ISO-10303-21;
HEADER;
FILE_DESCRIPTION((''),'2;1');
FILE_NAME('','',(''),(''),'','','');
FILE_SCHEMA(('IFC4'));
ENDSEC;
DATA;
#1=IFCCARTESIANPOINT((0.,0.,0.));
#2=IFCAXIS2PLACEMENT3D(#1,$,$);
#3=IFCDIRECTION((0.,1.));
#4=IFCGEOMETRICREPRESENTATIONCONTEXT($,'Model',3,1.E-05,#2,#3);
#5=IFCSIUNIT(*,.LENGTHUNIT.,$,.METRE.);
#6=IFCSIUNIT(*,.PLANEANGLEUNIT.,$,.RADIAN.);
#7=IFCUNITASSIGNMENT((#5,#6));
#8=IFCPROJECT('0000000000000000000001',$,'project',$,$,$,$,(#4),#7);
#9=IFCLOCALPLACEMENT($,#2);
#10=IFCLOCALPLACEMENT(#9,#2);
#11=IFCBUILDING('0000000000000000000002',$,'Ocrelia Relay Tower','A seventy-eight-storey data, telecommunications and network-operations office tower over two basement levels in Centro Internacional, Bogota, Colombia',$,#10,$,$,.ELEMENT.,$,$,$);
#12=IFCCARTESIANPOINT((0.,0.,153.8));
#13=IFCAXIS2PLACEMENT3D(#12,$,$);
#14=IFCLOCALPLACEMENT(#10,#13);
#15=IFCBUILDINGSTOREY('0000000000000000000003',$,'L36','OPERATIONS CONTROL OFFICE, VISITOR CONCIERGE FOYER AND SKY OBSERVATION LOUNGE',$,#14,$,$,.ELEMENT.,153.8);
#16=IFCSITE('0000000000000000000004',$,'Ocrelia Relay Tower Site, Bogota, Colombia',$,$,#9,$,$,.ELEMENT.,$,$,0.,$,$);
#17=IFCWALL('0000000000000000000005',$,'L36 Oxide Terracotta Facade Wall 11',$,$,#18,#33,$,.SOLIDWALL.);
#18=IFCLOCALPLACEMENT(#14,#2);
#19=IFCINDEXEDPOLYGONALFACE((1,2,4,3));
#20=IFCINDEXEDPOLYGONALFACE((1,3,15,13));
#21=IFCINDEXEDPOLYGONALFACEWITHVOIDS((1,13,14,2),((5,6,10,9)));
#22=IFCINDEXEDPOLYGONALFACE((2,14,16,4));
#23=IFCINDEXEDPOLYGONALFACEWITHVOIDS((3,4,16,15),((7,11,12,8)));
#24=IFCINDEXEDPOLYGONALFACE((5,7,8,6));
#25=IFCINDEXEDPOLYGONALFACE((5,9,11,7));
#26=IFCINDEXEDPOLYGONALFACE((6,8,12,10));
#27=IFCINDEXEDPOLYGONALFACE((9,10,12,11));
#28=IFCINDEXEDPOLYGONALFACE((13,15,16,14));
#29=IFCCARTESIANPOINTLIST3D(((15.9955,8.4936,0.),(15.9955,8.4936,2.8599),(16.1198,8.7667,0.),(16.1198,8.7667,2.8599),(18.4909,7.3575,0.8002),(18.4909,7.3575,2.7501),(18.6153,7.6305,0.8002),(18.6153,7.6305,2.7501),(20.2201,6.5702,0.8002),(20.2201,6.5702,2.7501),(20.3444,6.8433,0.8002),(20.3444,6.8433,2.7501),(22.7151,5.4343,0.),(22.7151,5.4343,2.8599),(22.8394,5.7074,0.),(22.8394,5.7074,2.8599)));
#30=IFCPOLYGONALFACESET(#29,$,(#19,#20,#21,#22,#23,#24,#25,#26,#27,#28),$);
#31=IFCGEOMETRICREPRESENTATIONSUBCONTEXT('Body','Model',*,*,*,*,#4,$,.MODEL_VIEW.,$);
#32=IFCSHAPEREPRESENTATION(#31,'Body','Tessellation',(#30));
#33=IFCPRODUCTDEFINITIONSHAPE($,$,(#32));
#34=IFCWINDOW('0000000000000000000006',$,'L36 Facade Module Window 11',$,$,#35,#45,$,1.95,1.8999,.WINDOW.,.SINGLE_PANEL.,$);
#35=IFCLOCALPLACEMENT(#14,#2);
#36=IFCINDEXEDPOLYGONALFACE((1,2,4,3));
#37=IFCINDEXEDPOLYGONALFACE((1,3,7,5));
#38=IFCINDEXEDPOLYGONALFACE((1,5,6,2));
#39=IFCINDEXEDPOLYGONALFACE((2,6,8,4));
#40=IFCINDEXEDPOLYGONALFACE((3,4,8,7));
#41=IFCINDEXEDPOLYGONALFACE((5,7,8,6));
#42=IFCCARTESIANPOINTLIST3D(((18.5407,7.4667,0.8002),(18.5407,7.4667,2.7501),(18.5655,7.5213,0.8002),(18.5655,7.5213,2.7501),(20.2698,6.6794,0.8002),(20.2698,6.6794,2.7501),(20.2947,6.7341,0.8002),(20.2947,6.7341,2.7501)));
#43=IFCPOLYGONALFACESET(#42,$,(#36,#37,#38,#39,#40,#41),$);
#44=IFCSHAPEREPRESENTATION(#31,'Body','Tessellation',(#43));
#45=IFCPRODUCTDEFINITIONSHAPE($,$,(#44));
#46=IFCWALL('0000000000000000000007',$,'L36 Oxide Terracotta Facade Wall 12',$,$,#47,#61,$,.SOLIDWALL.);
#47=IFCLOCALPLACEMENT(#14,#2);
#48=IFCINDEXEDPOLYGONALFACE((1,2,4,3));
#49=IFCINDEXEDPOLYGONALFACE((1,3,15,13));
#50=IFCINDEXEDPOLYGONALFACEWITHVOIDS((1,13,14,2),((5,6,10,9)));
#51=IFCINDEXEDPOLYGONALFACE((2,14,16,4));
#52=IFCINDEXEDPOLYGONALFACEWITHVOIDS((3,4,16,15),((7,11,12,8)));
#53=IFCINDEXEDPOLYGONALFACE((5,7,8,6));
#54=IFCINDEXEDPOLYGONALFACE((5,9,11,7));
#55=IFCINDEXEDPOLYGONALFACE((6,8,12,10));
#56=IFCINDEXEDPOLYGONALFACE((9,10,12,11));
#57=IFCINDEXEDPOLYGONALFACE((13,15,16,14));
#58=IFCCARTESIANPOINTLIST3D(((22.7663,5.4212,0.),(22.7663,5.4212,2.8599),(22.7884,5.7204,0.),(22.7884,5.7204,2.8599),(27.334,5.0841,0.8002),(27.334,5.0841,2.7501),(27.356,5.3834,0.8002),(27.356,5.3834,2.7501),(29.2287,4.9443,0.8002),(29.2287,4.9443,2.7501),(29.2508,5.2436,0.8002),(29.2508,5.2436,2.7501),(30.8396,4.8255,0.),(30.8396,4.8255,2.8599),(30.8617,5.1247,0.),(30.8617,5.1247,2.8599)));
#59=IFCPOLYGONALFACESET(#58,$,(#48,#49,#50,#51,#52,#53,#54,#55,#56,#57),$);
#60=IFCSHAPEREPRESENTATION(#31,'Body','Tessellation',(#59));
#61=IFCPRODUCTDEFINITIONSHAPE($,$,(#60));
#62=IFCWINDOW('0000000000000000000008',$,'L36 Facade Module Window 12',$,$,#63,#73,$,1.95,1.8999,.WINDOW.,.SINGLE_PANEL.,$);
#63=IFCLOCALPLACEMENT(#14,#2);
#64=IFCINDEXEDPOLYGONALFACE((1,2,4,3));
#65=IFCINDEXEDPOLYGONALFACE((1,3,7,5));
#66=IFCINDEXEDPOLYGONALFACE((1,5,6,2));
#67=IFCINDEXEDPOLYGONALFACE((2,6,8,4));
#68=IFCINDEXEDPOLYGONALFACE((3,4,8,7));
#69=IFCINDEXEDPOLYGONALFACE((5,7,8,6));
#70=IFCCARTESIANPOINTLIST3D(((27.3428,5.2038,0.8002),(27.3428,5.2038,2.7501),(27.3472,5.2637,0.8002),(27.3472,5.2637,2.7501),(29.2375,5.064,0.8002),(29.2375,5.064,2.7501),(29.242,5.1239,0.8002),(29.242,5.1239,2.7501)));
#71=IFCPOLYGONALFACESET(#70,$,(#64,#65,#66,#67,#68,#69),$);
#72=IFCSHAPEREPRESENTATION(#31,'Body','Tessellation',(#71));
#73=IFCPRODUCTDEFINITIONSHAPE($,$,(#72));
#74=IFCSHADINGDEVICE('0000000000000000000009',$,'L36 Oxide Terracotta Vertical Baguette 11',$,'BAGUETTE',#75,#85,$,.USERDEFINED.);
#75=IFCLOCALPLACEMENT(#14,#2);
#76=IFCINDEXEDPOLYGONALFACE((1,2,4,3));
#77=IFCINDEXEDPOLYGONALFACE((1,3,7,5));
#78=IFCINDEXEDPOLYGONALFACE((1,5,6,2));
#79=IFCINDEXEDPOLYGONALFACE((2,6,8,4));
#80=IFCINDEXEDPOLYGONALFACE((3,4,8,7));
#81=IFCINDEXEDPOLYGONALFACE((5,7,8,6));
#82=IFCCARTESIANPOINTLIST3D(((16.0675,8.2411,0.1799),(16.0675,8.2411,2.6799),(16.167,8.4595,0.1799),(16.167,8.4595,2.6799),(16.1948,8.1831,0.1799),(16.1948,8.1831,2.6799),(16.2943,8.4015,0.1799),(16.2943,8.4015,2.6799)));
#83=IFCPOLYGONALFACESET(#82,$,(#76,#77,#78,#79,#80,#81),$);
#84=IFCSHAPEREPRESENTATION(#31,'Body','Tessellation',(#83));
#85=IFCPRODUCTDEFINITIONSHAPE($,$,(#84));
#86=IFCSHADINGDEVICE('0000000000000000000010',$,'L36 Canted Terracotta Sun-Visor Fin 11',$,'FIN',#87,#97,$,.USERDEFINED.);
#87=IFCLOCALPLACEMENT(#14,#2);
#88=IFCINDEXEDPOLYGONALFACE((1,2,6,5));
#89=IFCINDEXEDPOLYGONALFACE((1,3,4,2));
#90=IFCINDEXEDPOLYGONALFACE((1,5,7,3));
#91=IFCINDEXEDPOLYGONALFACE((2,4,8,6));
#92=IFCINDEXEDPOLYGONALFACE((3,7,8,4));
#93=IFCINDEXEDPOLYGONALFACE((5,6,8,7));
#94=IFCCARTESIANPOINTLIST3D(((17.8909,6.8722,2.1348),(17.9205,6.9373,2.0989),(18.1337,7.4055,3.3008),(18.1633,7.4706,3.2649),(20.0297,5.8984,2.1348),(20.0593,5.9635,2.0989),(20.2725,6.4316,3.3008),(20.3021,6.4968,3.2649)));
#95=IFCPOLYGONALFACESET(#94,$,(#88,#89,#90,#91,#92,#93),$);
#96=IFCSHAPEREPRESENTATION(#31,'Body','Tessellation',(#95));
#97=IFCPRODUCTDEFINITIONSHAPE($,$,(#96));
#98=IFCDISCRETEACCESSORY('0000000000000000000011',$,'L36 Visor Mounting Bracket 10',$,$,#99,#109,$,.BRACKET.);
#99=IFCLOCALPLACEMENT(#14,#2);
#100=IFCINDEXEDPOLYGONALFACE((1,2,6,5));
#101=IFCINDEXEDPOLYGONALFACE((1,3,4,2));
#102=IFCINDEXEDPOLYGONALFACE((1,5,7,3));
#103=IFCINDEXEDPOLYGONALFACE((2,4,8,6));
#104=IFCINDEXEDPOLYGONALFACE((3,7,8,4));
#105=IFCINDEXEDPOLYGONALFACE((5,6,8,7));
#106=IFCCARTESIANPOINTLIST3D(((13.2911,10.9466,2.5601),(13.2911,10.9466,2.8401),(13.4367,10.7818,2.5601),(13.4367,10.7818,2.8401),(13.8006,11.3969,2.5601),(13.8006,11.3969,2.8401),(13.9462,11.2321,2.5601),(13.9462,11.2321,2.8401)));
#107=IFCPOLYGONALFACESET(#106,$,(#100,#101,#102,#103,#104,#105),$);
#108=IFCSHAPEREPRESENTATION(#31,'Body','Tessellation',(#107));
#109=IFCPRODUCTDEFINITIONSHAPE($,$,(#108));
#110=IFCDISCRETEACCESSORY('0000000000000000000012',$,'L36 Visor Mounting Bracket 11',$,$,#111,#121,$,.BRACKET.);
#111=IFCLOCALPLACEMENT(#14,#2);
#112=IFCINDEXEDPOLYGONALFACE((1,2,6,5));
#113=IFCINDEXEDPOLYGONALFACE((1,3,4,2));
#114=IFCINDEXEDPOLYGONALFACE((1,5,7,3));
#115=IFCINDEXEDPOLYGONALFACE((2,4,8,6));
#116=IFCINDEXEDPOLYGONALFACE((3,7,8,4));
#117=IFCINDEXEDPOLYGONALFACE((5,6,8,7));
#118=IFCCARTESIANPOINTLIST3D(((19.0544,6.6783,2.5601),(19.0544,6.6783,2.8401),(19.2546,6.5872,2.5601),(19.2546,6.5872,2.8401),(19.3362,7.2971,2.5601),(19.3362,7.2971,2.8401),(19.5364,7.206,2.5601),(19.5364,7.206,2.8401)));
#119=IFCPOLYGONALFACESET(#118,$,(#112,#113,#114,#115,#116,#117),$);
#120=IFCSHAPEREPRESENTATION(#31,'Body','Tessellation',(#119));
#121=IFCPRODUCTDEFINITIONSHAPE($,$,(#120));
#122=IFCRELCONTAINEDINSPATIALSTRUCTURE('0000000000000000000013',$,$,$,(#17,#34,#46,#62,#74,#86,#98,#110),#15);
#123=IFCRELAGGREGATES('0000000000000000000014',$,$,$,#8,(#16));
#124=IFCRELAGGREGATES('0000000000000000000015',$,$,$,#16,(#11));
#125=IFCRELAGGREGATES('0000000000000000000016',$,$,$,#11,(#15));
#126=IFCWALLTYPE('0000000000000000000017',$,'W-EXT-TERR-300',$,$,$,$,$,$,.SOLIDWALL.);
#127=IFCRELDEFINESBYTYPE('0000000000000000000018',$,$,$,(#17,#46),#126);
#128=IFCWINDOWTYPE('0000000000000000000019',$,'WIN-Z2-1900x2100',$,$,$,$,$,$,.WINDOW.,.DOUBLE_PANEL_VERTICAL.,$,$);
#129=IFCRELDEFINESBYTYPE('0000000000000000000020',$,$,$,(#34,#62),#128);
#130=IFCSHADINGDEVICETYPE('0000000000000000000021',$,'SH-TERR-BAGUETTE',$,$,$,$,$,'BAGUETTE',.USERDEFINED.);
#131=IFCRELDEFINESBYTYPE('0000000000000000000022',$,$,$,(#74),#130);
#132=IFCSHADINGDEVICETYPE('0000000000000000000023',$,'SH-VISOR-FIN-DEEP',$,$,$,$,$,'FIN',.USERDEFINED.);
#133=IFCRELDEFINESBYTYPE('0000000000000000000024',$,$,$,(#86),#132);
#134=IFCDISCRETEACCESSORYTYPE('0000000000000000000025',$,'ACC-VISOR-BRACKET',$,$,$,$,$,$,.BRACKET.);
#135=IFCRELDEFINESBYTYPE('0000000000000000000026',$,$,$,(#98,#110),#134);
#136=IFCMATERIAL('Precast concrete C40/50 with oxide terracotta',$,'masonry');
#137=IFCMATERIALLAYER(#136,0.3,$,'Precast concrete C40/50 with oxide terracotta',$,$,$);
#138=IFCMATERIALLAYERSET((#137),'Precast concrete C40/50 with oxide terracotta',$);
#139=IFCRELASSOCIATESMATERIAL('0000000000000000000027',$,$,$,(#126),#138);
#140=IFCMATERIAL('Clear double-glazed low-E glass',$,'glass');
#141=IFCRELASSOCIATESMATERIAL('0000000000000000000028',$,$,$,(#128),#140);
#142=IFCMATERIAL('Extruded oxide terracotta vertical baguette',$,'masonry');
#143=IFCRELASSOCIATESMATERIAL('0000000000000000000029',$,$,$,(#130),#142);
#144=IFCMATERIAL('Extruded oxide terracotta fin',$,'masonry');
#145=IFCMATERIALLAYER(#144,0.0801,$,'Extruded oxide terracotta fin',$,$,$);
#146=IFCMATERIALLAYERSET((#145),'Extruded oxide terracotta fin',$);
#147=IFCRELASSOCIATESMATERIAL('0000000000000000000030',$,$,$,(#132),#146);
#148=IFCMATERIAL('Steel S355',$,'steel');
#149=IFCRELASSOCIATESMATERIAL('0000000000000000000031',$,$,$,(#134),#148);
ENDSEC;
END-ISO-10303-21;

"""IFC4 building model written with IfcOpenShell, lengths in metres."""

from ifc_helpers import new_model, si_unit, direction, frame, frame_2d, origin, origin_2d, place, context, subcontext, project, spatial, rectangle, extrude, material, layer, layer_set, type_object, element, fill, save


model = new_model("IFC4")

# Units and contexts
model_context = context("Model", 3, precision=1e-05, world=origin(), true_north=direction((0.0, 1.0)))
body_context = subcontext(model_context, "Body", "Model", "MODEL_VIEW")
ifc_project = project(units=[si_unit("LENGTHUNIT", "METRE"), si_unit("PLANEANGLEUNIT", "RADIAN")], contexts=[model_context])

# Site, building, storey
site_placement = place(None, origin())
site = spatial("IfcSite", under=ifc_project, at=site_placement, Name="Ocrelia Relay Tower Site, Bogota, Colombia", CompositionType="ELEMENT", RefElevation=0.0)
building_placement = place(site_placement, origin())
building = spatial("IfcBuilding", under=site, at=building_placement, Name="Ocrelia Relay Tower", Description="A seventy-eight-storey data, telecommunications and network-operations office tower over two basement levels in Centro Internacional, Bogota, Colombia", CompositionType="ELEMENT")
storey_placement = place(building_placement, frame((0.0, 0.0, 153.8)))
storey = spatial("IfcBuildingStorey", under=building, at=storey_placement, Name="L36", Description="OPERATIONS CONTROL OFFICE, VISITOR CONCIERGE FOYER AND SKY OBSERVATION LOUNGE", CompositionType="ELEMENT", Elevation=153.8)

# Shared definitions
ifc_material_1 = material(Name="Steel S355", Category="steel")

# Shared definitions
ifc_material_2 = material(Name="Clear double-glazed low-E glass", Category="glass")

# Walls, openings, windows
ifc_material_3 = material(Name="Precast concrete C40/50 with oxide terracotta", Category="masonry")
ifc_layer_1 = layer(ifc_material_3, 0.3, Name="Precast concrete C40/50 with oxide terracotta")
ifc_layer_set_1 = layer_set([ifc_layer_1], Name="Precast concrete C40/50 with oxide terracotta")
wall_type_1 = type_object("IfcWallType", Name="W-EXT-TERR-300", PredefinedType="SOLIDWALL", material=ifc_layer_set_1)
wall_1_placement = place(storey_placement, frame((16.0576, 8.6301, 0.0), z_axis=(0.0, 0.0, 1.0), x_axis=(0.910116, -0.414353, 0.0)))
wall_1 = element("IfcWall", 1, at=wall_1_placement, inside=storey, type_object=wall_type_1, Name="L36 Oxide Terracotta Facade Wall 11", PredefinedType="SOLIDWALL", context=body_context, shape_type="SweptSolid", body=[
    extrude(rectangle(XDim=7.3833, YDim=0.3, at=frame_2d((3.6917, 0.0))), origin(), (0.0, 0.0, 1.0), 2.8599),
])
opening_1_placement = place(wall_1_placement, frame((2.7419, 0.0, 0.8)))
opening_1 = element("IfcOpeningElement", 2, at=opening_1_placement, cuts=wall_1, PredefinedType="OPENING", context=body_context, shape_type="SweptSolid", body=[
    extrude(rectangle(XDim=1.8999, YDim=1.95, at=frame_2d((0.95, 0.9751))), frame((0.0, 0.1602, 0.0), z_axis=(0.0, -1.0, 0.0), x_axis=(1.0, 0.0, 0.0)), (0.0, 0.0, 1.0), 0.3201),
])
window_type = type_object("IfcWindowType", Name="WIN-Z2-1900x2100", PartitioningType="DOUBLE_PANEL_VERTICAL", PredefinedType="WINDOW", material=ifc_material_2)
window_1_placement = place(opening_1_placement, origin())
window_1 = element("IfcWindow", 3, at=window_1_placement, inside=storey, type_object=window_type, Name="L36 Facade Module Window 11", OverallHeight=1.95, OverallWidth=1.8999, PartitioningType="SINGLE_PANEL", PredefinedType="WINDOW", context=body_context, shape_type="SweptSolid", body=[
    extrude(rectangle(XDim=1.8999, YDim=1.95, at=frame_2d((0.95, 0.9751))), frame((0.0, 0.03, 0.0), z_axis=(0.0, -1.0, 0.0), x_axis=(1.0, 0.0, 0.0)), (0.0, 0.0, 1.0), 0.0601),
])
fill(opening_1, window_1)
wall_2_placement = place(storey_placement, frame((22.7773, 5.5708, 0.0), z_axis=(0.0, 0.0, 1.0), x_axis=(0.997289, -0.073587, 0.0)))
wall_2 = element("IfcWall", 4, at=wall_2_placement, inside=storey, type_object=wall_type_1, Name="L36 Oxide Terracotta Facade Wall 12", PredefinedType="SOLIDWALL", context=body_context, shape_type="SweptSolid", body=[
    extrude(rectangle(XDim=8.0952, YDim=0.3, at=frame_2d((4.0476, 0.0))), origin(), (0.0, 0.0, 1.0), 2.8599),
])
opening_2_placement = place(wall_2_placement, frame((4.5801, 0.0, 0.8)))
opening_2 = element("IfcOpeningElement", 5, at=opening_2_placement, cuts=wall_2, PredefinedType="OPENING", context=body_context, shape_type="SweptSolid", body=[
    extrude(rectangle(XDim=1.8999, YDim=1.95, at=frame_2d((0.95, 0.9751))), frame((0.0, 0.1602, 0.0), z_axis=(0.0, -1.0, 0.0), x_axis=(1.0, 0.0, 0.0)), (0.0, 0.0, 1.0), 0.3201),
])
window_2_placement = place(opening_2_placement, origin())
window_2 = element("IfcWindow", 6, at=window_2_placement, inside=storey, type_object=window_type, Name="L36 Facade Module Window 12", OverallHeight=1.95, OverallWidth=1.8999, PartitioningType="SINGLE_PANEL", PredefinedType="WINDOW", context=body_context, shape_type="SweptSolid", body=[
    extrude(rectangle(XDim=1.8999, YDim=1.95, at=frame_2d((0.95, 0.9751))), frame((0.0, 0.03, 0.0), z_axis=(0.0, -1.0, 0.0), x_axis=(1.0, 0.0, 0.0)), (0.0, 0.0, 1.0), 0.0601),
])
fill(opening_2, window_2)

# Shading devices
ifc_material_4 = material(Name="Extruded oxide terracotta vertical baguette", Category="masonry")
shading_device_type_1 = type_object("IfcShadingDeviceType", Name="SH-TERR-BAGUETTE", ElementType="BAGUETTE", PredefinedType="USERDEFINED", material=ifc_material_4)
shading_device_1_placement = place(storey_placement, frame((16.1809, 8.3213, 0.1799), z_axis=(0.0, 0.0, 1.0), x_axis=(0.910104, -0.414379, 0.0)))
element("IfcShadingDevice", 7, at=shading_device_1_placement, inside=storey, type_object=shading_device_type_1, Name="L36 Oxide Terracotta Vertical Baguette 11", ObjectType="BAGUETTE", PredefinedType="USERDEFINED", context=body_context, shape_type="SweptSolid", body=[
    extrude(rectangle(XDim=0.1399, YDim=0.24, at=origin_2d()), origin(), (0.0, 0.0, 1.0), 2.5),
])
ifc_material_5 = material(Name="Extruded oxide terracotta fin", Category="masonry")
ifc_layer_2 = layer(ifc_material_5, 0.0801, Name="Extruded oxide terracotta fin")
ifc_layer_set_2 = layer_set([ifc_layer_2], Name="Extruded oxide terracotta fin")
shading_device_type_2 = type_object("IfcShadingDeviceType", Name="SH-VISOR-FIN-DEEP", ElementType="FIN", PredefinedType="USERDEFINED", material=ifc_layer_set_2)
shading_device_2_placement = place(storey_placement, frame((19.1113, 6.717, 2.6819), z_axis=(-0.37026, -0.813204, 0.449007), x_axis=(0.910104, -0.414379, 0.0)))
element("IfcShadingDevice", 8, at=shading_device_2_placement, inside=storey, type_object=shading_device_type_2, Name="L36 Canted Terracotta Sun-Visor Fin 11", ObjectType="FIN", PredefinedType="USERDEFINED", context=body_context, shape_type="SweptSolid", body=[
    extrude(rectangle(XDim=2.3501, YDim=1.3049, at=origin_2d()), origin(), (0.0, 0.0, 1.0), 0.0801),
])

# Discrete accessories
discrete_accessory_type = type_object("IfcDiscreteAccessoryType", Name="ACC-VISOR-BRACKET", PredefinedType="BRACKET", material=ifc_material_1)
for number, where, z_axis, x_axis, name in (
    (9, (13.6187, 11.0894, 2.5601), (0.0, 0.0, 1.0), (0.662219, -0.74931, 0.0), "L36 Visor Mounting Bracket 10"),
    (10, (19.2954, 6.9421, 2.5601), (0.0, 0.0, 1.0), (0.910104, -0.414379, 0.0), "L36 Visor Mounting Bracket 11"),
):
    element("IfcDiscreteAccessory", number, at=place(storey_placement, frame(where, z_axis=z_axis, x_axis=x_axis)), inside=storey, type_object=discrete_accessory_type, Name=name, PredefinedType="BRACKET", context=body_context, shape_type="SweptSolid", body=[
        extrude(rectangle(XDim=0.22, YDim=0.6799, at=origin_2d()), origin(), (0.0, 0.0, 1.0), 0.28),
    ])

save(model, "model.ifc")
